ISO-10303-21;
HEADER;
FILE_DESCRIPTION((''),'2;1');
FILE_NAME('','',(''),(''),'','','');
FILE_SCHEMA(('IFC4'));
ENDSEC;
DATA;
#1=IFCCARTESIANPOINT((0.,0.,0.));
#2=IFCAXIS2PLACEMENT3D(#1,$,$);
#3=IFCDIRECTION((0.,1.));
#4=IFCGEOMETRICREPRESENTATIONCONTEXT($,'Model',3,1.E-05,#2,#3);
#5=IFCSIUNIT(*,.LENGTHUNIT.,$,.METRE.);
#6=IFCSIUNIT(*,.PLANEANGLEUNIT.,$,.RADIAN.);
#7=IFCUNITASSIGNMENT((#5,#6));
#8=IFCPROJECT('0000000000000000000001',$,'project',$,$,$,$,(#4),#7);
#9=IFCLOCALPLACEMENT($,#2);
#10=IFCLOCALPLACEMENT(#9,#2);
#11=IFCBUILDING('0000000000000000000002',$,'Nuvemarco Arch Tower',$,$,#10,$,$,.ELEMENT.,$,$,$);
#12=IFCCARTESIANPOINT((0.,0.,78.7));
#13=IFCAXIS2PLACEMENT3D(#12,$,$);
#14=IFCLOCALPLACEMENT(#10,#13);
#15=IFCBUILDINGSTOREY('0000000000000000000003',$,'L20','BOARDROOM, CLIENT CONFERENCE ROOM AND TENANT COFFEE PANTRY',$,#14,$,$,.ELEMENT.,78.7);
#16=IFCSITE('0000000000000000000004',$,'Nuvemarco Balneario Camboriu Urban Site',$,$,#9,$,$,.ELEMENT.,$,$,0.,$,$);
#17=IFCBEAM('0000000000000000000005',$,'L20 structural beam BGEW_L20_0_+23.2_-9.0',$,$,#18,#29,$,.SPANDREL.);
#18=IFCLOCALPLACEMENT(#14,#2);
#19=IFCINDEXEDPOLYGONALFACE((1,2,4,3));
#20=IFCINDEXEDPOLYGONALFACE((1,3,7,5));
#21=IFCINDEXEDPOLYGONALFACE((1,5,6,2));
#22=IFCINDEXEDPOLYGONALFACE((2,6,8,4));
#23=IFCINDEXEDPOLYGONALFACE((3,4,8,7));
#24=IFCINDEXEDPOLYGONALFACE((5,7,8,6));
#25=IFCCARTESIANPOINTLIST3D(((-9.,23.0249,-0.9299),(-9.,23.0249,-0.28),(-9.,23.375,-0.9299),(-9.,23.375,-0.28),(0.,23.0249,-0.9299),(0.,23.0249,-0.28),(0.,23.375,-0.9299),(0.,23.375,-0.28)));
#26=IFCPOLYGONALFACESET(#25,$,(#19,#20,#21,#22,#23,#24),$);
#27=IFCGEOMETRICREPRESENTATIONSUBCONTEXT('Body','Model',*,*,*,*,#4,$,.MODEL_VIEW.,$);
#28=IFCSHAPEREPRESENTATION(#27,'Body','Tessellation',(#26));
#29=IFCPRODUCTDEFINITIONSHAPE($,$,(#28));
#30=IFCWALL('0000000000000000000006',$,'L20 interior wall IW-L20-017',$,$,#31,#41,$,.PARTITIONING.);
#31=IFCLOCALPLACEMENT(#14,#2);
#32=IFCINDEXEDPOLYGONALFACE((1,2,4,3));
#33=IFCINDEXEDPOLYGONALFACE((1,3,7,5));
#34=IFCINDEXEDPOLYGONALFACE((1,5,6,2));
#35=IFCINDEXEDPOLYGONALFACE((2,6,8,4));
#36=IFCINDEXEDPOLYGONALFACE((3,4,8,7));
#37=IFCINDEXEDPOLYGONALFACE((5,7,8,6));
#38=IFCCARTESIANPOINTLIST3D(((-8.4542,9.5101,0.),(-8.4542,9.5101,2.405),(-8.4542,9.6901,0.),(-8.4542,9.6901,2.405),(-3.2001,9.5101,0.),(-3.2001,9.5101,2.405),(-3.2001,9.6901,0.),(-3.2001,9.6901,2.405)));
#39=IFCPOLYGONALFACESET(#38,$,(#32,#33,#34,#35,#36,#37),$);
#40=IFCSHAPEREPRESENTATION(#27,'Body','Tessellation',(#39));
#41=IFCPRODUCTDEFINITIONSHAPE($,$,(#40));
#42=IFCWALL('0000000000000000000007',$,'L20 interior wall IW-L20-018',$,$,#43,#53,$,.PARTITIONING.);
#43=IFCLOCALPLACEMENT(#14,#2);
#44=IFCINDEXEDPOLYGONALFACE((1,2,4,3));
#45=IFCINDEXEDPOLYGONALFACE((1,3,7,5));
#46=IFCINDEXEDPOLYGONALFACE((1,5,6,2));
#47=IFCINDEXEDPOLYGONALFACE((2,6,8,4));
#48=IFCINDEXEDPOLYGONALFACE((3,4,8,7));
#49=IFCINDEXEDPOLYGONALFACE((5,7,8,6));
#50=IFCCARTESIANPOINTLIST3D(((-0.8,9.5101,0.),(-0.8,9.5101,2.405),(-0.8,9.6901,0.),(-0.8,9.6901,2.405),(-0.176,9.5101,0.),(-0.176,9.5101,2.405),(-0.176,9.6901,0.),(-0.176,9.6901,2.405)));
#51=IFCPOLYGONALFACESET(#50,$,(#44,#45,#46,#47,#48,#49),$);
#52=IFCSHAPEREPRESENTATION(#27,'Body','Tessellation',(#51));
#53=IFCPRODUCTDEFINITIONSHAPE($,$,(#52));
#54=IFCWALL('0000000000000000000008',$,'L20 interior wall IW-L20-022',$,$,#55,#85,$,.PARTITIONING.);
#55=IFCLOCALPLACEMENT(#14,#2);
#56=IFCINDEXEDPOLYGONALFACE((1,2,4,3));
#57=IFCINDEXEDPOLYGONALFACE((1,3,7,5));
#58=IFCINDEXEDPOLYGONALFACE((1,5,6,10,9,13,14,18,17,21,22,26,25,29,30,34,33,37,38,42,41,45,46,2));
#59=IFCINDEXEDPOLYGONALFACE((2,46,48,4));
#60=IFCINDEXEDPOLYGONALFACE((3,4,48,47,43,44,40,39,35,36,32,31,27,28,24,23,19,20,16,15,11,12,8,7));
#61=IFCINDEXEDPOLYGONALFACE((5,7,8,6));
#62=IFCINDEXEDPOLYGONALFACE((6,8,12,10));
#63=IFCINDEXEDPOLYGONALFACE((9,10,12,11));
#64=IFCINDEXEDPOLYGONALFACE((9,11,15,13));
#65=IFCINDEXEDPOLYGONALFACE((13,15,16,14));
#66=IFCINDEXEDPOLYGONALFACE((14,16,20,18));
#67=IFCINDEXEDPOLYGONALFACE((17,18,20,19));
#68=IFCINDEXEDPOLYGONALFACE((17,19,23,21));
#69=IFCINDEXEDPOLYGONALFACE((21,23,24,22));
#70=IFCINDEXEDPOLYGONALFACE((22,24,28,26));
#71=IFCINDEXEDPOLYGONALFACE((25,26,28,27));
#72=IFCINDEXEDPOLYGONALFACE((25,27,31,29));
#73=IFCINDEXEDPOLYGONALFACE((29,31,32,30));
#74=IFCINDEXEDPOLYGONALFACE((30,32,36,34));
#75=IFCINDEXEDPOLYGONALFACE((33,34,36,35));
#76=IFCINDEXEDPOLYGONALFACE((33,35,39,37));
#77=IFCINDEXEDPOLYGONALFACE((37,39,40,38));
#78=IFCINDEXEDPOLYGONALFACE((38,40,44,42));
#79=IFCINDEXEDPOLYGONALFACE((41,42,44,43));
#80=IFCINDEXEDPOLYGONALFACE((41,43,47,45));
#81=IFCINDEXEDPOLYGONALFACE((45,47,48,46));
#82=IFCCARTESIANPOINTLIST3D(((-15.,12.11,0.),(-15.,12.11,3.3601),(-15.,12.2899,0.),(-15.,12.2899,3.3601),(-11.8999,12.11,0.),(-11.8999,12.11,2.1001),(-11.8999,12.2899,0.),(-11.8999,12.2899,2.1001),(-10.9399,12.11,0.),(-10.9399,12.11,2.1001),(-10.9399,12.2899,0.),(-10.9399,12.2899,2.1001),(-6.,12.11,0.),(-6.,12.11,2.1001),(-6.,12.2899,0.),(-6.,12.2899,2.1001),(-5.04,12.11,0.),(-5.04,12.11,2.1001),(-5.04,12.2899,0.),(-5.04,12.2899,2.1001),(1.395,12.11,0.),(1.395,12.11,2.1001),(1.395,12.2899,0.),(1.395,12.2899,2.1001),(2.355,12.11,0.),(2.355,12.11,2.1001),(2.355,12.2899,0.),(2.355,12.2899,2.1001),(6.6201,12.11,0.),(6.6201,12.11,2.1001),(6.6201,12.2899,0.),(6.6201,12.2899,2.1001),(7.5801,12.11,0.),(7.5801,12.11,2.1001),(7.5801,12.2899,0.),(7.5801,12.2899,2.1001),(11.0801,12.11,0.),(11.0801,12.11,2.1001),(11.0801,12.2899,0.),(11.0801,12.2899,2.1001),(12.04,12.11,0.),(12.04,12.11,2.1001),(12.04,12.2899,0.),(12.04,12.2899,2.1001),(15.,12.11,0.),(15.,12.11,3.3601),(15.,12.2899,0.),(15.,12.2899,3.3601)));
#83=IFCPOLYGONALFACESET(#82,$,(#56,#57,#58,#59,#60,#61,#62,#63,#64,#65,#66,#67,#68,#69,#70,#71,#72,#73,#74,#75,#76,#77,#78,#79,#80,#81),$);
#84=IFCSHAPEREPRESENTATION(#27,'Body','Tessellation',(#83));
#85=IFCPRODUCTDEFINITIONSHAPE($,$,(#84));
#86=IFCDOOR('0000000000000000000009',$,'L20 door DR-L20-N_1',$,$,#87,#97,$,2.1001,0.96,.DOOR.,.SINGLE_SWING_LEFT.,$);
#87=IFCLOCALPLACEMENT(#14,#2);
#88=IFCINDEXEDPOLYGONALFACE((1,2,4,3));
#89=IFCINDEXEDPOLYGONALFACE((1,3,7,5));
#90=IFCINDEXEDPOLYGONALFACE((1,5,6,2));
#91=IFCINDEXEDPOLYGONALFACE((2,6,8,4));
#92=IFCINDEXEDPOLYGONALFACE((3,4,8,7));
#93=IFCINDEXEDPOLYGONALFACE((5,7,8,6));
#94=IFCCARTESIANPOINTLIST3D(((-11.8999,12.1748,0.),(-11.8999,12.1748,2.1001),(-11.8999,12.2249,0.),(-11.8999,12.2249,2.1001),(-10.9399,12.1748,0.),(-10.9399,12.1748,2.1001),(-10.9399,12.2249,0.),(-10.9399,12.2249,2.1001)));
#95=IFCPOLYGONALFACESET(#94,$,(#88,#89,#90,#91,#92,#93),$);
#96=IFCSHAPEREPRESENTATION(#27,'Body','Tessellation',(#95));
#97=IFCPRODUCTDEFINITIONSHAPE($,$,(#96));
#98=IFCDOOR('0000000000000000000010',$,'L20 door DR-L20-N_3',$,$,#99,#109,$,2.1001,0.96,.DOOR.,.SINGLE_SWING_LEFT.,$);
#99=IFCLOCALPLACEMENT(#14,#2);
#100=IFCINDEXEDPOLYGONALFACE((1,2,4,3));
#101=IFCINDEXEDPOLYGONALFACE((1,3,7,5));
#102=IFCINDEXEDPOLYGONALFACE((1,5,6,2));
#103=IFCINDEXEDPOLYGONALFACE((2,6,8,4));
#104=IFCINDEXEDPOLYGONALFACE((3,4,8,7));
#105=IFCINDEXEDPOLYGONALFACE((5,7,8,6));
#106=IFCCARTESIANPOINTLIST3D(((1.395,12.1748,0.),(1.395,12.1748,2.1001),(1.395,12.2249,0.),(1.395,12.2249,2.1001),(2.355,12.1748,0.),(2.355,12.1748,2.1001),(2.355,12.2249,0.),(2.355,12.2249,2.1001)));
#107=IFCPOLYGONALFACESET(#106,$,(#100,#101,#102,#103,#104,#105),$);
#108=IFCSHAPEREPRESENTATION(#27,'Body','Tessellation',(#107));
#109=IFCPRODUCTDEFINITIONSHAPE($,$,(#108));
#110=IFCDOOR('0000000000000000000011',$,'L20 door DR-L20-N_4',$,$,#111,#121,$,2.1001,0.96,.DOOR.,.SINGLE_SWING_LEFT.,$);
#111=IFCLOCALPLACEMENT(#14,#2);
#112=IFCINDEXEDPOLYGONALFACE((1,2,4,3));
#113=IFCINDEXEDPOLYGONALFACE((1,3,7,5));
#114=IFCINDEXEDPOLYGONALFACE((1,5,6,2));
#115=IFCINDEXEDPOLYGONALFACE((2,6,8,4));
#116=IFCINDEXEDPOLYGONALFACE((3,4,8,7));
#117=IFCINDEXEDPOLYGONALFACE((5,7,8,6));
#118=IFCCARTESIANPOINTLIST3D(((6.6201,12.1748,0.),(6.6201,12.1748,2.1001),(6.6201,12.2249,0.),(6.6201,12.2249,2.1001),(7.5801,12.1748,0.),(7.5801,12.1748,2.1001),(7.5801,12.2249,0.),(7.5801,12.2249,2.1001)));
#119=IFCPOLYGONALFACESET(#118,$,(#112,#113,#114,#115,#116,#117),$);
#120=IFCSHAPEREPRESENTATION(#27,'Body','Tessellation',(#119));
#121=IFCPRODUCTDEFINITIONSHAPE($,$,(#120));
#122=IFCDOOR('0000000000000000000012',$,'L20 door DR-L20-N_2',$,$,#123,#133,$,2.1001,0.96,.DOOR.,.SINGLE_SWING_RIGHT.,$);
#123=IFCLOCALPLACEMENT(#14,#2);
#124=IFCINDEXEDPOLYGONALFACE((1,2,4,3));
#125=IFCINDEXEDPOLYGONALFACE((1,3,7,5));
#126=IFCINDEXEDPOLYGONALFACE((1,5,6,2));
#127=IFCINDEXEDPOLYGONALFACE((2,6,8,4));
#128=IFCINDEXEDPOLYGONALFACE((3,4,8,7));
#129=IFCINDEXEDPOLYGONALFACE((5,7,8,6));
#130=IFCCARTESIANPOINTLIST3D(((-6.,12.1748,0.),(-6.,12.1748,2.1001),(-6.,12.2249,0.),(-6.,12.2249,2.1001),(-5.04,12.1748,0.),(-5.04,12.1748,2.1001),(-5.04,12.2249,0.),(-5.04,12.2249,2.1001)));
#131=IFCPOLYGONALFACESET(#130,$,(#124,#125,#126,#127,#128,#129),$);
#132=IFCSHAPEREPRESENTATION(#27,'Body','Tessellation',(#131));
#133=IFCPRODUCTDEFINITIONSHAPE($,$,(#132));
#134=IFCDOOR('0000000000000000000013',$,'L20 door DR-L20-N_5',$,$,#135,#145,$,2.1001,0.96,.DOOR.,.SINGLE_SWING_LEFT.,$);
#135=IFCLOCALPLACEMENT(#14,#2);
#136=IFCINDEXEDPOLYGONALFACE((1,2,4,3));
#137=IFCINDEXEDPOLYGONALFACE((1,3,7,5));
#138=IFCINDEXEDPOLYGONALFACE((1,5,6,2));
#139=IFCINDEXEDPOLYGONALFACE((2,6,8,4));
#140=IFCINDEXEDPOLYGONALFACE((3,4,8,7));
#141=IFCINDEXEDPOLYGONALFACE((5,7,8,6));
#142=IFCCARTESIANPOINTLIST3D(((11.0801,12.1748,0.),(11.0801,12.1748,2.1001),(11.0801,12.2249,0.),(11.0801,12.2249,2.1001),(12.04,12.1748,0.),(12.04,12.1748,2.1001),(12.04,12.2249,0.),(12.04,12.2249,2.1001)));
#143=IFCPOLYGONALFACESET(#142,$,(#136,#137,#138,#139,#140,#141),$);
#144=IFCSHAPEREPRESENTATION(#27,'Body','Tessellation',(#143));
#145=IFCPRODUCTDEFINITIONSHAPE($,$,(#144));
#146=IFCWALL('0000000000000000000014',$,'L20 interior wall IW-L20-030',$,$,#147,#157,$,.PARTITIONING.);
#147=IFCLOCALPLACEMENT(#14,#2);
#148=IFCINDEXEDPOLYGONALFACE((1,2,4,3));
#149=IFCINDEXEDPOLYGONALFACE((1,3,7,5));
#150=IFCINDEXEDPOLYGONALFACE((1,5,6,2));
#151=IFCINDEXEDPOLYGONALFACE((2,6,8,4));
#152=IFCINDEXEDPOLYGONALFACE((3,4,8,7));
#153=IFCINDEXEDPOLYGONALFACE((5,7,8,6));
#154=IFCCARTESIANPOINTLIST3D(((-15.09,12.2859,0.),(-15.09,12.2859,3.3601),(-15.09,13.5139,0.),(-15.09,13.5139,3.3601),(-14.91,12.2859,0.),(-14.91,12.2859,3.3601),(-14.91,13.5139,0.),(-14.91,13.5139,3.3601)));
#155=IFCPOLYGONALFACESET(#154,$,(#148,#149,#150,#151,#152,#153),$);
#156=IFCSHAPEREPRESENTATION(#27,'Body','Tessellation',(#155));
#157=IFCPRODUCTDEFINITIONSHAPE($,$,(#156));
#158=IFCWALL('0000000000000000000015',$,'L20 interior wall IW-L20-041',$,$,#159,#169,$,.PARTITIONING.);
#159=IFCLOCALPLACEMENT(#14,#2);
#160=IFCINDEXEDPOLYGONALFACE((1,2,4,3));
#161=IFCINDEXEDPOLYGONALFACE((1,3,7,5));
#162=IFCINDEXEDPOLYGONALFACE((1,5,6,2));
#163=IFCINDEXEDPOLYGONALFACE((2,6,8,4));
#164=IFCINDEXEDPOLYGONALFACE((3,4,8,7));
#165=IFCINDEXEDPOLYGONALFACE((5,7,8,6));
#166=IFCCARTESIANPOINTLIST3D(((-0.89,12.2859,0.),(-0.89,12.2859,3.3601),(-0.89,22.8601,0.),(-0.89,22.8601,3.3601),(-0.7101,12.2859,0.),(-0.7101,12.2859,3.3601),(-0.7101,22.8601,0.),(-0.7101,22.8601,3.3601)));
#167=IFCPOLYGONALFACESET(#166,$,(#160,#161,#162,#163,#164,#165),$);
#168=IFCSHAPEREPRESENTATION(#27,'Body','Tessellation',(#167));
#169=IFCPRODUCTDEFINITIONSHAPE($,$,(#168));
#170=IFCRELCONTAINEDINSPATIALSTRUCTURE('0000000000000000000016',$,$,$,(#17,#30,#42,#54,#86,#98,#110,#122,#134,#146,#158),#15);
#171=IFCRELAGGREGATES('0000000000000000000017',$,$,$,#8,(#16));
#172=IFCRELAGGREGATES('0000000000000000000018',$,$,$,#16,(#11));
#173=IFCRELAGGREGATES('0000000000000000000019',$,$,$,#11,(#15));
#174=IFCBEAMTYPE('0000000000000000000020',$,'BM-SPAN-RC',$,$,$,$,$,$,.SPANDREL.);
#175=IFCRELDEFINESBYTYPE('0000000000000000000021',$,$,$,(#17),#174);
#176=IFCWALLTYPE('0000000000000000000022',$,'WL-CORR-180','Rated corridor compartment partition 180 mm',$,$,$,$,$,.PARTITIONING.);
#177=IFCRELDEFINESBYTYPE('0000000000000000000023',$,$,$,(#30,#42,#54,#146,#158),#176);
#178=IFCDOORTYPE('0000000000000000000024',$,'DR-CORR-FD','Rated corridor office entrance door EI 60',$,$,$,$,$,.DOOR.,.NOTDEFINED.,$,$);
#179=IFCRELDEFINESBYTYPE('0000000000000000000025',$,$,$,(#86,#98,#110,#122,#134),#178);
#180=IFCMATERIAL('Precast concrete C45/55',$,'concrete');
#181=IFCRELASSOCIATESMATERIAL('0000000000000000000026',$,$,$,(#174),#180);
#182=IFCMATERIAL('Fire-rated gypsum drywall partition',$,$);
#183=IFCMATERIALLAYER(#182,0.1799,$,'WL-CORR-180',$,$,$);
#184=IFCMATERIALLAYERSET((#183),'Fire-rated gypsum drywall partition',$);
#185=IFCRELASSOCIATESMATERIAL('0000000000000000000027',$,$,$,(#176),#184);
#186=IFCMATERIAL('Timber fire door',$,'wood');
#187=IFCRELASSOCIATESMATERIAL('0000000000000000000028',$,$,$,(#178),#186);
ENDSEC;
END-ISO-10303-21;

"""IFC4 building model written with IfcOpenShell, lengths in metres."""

from ifc_helpers import new_model, si_unit, direction, frame, frame_2d, origin, origin_2d, place, context, subcontext, project, spatial, rectangle, extrude, source, transform, mapped, material, layer, layer_set, material_profile, profile_set, type_object, type_shapes, element, fill, save


model = new_model("IFC4")

# Units and contexts
model_context = context("Model", 3, precision=1e-05, world=origin(), true_north=direction((0.0, 1.0)))
body_context = subcontext(model_context, "Body", "Model", "MODEL_VIEW")
ifc_project = project(units=[si_unit("LENGTHUNIT", "METRE"), si_unit("PLANEANGLEUNIT", "RADIAN")], contexts=[model_context])

# Site, building, storey
site_placement = place(None, origin())
site = spatial("IfcSite", under=ifc_project, at=site_placement, Name="Nuvemarco Balneario Camboriu Urban Site", CompositionType="ELEMENT", RefElevation=0.0)
building_placement = place(site_placement, origin())
building = spatial("IfcBuilding", under=site, at=building_placement, Name="Nuvemarco Arch Tower", CompositionType="ELEMENT")
storey_placement = place(building_placement, frame((0.0, 0.0, 78.7)))
storey = spatial("IfcBuildingStorey", under=building, at=storey_placement, Name="L20", Description="BOARDROOM, CLIENT CONFERENCE ROOM AND TENANT COFFEE PANTRY", CompositionType="ELEMENT", Elevation=78.7)

# Beam
ifc_material_1 = material(Name="Precast concrete C45/55", Category="concrete")
ifc_material_profile_1 = material_profile(ifc_material_1, rectangle(XDim=0.3501, YDim=0.6499, at=origin_2d()), Name="PC-SP-350x650")
ifc_profile_set_1 = profile_set([ifc_material_profile_1], Name="Precast concrete C45/55")
beam_type_1 = type_object("IfcBeamType", Name="BM-SPAN-RC", PredefinedType="SPANDREL", material=ifc_profile_set_1)
beam_1_placement = place(storey_placement, frame((-9.0, 23.2, -0.605), z_axis=(1.0, 0.0, 0.0), x_axis=(0.0, 1.0, 0.0)))
element("IfcBeam", 1, at=beam_1_placement, inside=storey, type_object=beam_type_1, Name="L20 structural beam BGEW_L20_0_+23.2_-9.0", PredefinedType="SPANDREL", context=body_context, shape_type="SweptSolid", body=[
    extrude(rectangle(XDim=0.3501, YDim=0.6499, at=origin_2d()), origin(), (0.0, 0.0, 1.0), 9.0),
])

# Walls
ifc_material_2 = material(Name="Fire-rated gypsum drywall partition")
ifc_layer_1 = layer(ifc_material_2, 0.1799, Name="WL-CORR-180")
ifc_layer_set_1 = layer_set([ifc_layer_1], Name="Fire-rated gypsum drywall partition")
wall_type_1 = type_object("IfcWallType", Name="WL-CORR-180", Description="Rated corridor compartment partition 180 mm", PredefinedType="PARTITIONING", material=ifc_layer_set_1)
wall_1_placement = place(storey_placement, frame((-8.4541, 9.6001, 0.0), z_axis=(0.0, 0.0, 1.0), x_axis=(1.0, 0.0, 0.0)))
element("IfcWall", 2, at=wall_1_placement, inside=storey, type_object=wall_type_1, Name="L20 interior wall IW-L20-017", PredefinedType="PARTITIONING", context=body_context, shape_type="SweptSolid", body=[
    extrude(rectangle(XDim=5.2542, YDim=0.1799, at=frame_2d((2.627, 0.0))), origin(), (0.0, 0.0, 1.0), 2.405),
])
wall_2_placement = place(storey_placement, frame((-0.8, 9.6001, 0.0), z_axis=(0.0, 0.0, 1.0), x_axis=(1.0, 0.0, 0.0)))
element("IfcWall", 3, at=wall_2_placement, inside=storey, type_object=wall_type_1, Name="L20 interior wall IW-L20-018", PredefinedType="PARTITIONING", context=body_context, shape_type="SweptSolid", body=[
    extrude(rectangle(XDim=0.624, YDim=0.1799, at=frame_2d((0.312, 0.0))), origin(), (0.0, 0.0, 1.0), 2.405),
])

# Wall, openings, doors
wall_3_placement = place(storey_placement, frame((-15.0, 12.2, 0.0), z_axis=(0.0, 0.0, 1.0), x_axis=(1.0, 0.0, 0.0)))
wall_3 = element("IfcWall", 4, at=wall_3_placement, inside=storey, type_object=wall_type_1, Name="L20 interior wall IW-L20-022", PredefinedType="PARTITIONING", context=body_context, shape_type="SweptSolid", body=[
    extrude(rectangle(XDim=30.0, YDim=0.1799, at=frame_2d((15.0, 0.0))), origin(), (0.0, 0.0, 1.0), 3.3601),
])
opening_1_placement = place(wall_3_placement, frame((3.1001, 0.0, 0.0)))
opening_1 = element("IfcOpeningElement", 5, at=opening_1_placement, cuts=wall_3, PredefinedType="OPENING", context=body_context, shape_type="SweptSolid", body=[
    extrude(rectangle(XDim=0.96, YDim=2.1001, at=frame_2d((0.48, 1.05))), frame((0.0, 0.0999, 0.0), z_axis=(0.0, -1.0, 0.0), x_axis=(1.0, 0.0, 0.0)), (0.0, 0.0, 1.0), 0.2),
])
opening_2_placement = place(wall_3_placement, frame((16.395, 0.0, 0.0)))
opening_2 = element("IfcOpeningElement", 6, at=opening_2_placement, cuts=wall_3, PredefinedType="OPENING", context=body_context, shape_type="SweptSolid", body=[
    extrude(rectangle(XDim=0.96, YDim=2.1001, at=frame_2d((0.48, 1.05))), frame((0.0, 0.0999, 0.0), z_axis=(0.0, -1.0, 0.0), x_axis=(1.0, 0.0, 0.0)), (0.0, 0.0, 1.0), 0.2),
])
opening_3_placement = place(wall_3_placement, frame((21.6201, 0.0, 0.0)))
opening_3 = element("IfcOpeningElement", 7, at=opening_3_placement, cuts=wall_3, PredefinedType="OPENING", context=body_context, shape_type="SweptSolid", body=[
    extrude(rectangle(XDim=0.96, YDim=2.1001, at=frame_2d((0.48, 1.05))), frame((0.0, 0.0999, 0.0), z_axis=(0.0, -1.0, 0.0), x_axis=(1.0, 0.0, 0.0)), (0.0, 0.0, 1.0), 0.2),
])
opening_4_placement = place(wall_3_placement, frame((9.0, 0.0, 0.0)))
opening_4 = element("IfcOpeningElement", 8, at=opening_4_placement, cuts=wall_3, PredefinedType="OPENING", context=body_context, shape_type="SweptSolid", body=[
    extrude(rectangle(XDim=0.96, YDim=2.1001, at=frame_2d((0.48, 1.05))), frame((0.0, 0.0999, 0.0), z_axis=(0.0, -1.0, 0.0), x_axis=(1.0, 0.0, 0.0)), (0.0, 0.0, 1.0), 0.2),
])
opening_5_placement = place(wall_3_placement, frame((26.0801, 0.0, 0.0)))
opening_5 = element("IfcOpeningElement", 9, at=opening_5_placement, cuts=wall_3, PredefinedType="OPENING", context=body_context, shape_type="SweptSolid", body=[
    extrude(rectangle(XDim=0.96, YDim=2.1001, at=frame_2d((0.48, 1.05))), frame((0.0, 0.0999, 0.0), z_axis=(0.0, -1.0, 0.0), x_axis=(1.0, 0.0, 0.0)), (0.0, 0.0, 1.0), 0.2),
])
ifc_material_3 = material(Name="Timber fire door", Category="wood")
door_type = type_object("IfcDoorType", Name="DR-CORR-FD", Description="Rated corridor office entrance door EI 60", OperationType="NOTDEFINED", PredefinedType="DOOR", material=ifc_material_3)
shared_shape_1 = source(origin(), body_context, "Body", "SweptSolid", [
    extrude(rectangle(XDim=0.96, YDim=2.1001, at=frame_2d((0.48, 1.05))), frame((0.0, 0.0249, 0.0), z_axis=(0.0, -1.0, 0.0), x_axis=(1.0, 0.0, 0.0)), (0.0, 0.0, 1.0), 0.05),
])
type_shapes(door_type, [shared_shape_1])
door_1_placement = place(opening_1_placement, origin())
door_1 = element("IfcDoor", 10, at=door_1_placement, inside=storey, type_object=door_type, Name="L20 door DR-L20-N_1", OperationType="SINGLE_SWING_LEFT", OverallHeight=2.1001, OverallWidth=0.96, PredefinedType="DOOR", context=body_context, shape_type="MappedRepresentation", body=[
    mapped(shared_shape_1, transform((0.0, 0.0, 0.0), scale=1.0)),
])
fill(opening_1, door_1)
door_2_placement = place(opening_2_placement, origin())
door_2 = element("IfcDoor", 11, at=door_2_placement, inside=storey, type_object=door_type, Name="L20 door DR-L20-N_3", OperationType="SINGLE_SWING_LEFT", OverallHeight=2.1001, OverallWidth=0.96, PredefinedType="DOOR", context=body_context, shape_type="MappedRepresentation", body=[
    mapped(shared_shape_1, transform((0.0, 0.0, 0.0), scale=1.0)),
])
fill(opening_2, door_2)
door_3_placement = place(opening_3_placement, origin())
door_3 = element("IfcDoor", 12, at=door_3_placement, inside=storey, type_object=door_type, Name="L20 door DR-L20-N_4", OperationType="SINGLE_SWING_LEFT", OverallHeight=2.1001, OverallWidth=0.96, PredefinedType="DOOR", context=body_context, shape_type="MappedRepresentation", body=[
    mapped(shared_shape_1, transform((0.0, 0.0, 0.0), scale=1.0)),
])
fill(opening_3, door_3)
door_4_placement = place(opening_4_placement, origin())
door_4 = element("IfcDoor", 13, at=door_4_placement, inside=storey, type_object=door_type, Name="L20 door DR-L20-N_2", OperationType="SINGLE_SWING_RIGHT", OverallHeight=2.1001, OverallWidth=0.96, PredefinedType="DOOR", context=body_context, shape_type="MappedRepresentation", body=[
    mapped(shared_shape_1, transform((0.0, 0.0, 0.0), scale=1.0)),
])
fill(opening_4, door_4)
door_5_placement = place(opening_5_placement, origin())
door_5 = element("IfcDoor", 14, at=door_5_placement, inside=storey, type_object=door_type, Name="L20 door DR-L20-N_5", OperationType="SINGLE_SWING_LEFT", OverallHeight=2.1001, OverallWidth=0.96, PredefinedType="DOOR", context=body_context, shape_type="MappedRepresentation", body=[
    mapped(shared_shape_1, transform((0.0, 0.0, 0.0), scale=1.0)),
])
fill(opening_5, door_5)

# Walls
wall_4_placement = place(storey_placement, frame((-15.0, 12.2859, 0.0), z_axis=(0.0, 0.0, 1.0), x_axis=(0.0, 1.0, 0.0)))
element("IfcWall", 15, at=wall_4_placement, inside=storey, type_object=wall_type_1, Name="L20 interior wall IW-L20-030", PredefinedType="PARTITIONING", context=body_context, shape_type="SweptSolid", body=[
    extrude(rectangle(XDim=1.228, YDim=0.1799, at=frame_2d((0.614, 0.0))), origin(), (0.0, 0.0, 1.0), 3.3601),
])
wall_5_placement = place(storey_placement, frame((-0.8, 12.2859, 0.0), z_axis=(0.0, 0.0, 1.0), x_axis=(0.0, 1.0, 0.0)))
element("IfcWall", 16, at=wall_5_placement, inside=storey, type_object=wall_type_1, Name="L20 interior wall IW-L20-041", PredefinedType="PARTITIONING", context=body_context, shape_type="SweptSolid", body=[
    extrude(rectangle(XDim=10.5742, YDim=0.1799, at=frame_2d((5.2871, 0.0))), origin(), (0.0, 0.0, 1.0), 3.3601),
])

save(model, "model.ifc")
